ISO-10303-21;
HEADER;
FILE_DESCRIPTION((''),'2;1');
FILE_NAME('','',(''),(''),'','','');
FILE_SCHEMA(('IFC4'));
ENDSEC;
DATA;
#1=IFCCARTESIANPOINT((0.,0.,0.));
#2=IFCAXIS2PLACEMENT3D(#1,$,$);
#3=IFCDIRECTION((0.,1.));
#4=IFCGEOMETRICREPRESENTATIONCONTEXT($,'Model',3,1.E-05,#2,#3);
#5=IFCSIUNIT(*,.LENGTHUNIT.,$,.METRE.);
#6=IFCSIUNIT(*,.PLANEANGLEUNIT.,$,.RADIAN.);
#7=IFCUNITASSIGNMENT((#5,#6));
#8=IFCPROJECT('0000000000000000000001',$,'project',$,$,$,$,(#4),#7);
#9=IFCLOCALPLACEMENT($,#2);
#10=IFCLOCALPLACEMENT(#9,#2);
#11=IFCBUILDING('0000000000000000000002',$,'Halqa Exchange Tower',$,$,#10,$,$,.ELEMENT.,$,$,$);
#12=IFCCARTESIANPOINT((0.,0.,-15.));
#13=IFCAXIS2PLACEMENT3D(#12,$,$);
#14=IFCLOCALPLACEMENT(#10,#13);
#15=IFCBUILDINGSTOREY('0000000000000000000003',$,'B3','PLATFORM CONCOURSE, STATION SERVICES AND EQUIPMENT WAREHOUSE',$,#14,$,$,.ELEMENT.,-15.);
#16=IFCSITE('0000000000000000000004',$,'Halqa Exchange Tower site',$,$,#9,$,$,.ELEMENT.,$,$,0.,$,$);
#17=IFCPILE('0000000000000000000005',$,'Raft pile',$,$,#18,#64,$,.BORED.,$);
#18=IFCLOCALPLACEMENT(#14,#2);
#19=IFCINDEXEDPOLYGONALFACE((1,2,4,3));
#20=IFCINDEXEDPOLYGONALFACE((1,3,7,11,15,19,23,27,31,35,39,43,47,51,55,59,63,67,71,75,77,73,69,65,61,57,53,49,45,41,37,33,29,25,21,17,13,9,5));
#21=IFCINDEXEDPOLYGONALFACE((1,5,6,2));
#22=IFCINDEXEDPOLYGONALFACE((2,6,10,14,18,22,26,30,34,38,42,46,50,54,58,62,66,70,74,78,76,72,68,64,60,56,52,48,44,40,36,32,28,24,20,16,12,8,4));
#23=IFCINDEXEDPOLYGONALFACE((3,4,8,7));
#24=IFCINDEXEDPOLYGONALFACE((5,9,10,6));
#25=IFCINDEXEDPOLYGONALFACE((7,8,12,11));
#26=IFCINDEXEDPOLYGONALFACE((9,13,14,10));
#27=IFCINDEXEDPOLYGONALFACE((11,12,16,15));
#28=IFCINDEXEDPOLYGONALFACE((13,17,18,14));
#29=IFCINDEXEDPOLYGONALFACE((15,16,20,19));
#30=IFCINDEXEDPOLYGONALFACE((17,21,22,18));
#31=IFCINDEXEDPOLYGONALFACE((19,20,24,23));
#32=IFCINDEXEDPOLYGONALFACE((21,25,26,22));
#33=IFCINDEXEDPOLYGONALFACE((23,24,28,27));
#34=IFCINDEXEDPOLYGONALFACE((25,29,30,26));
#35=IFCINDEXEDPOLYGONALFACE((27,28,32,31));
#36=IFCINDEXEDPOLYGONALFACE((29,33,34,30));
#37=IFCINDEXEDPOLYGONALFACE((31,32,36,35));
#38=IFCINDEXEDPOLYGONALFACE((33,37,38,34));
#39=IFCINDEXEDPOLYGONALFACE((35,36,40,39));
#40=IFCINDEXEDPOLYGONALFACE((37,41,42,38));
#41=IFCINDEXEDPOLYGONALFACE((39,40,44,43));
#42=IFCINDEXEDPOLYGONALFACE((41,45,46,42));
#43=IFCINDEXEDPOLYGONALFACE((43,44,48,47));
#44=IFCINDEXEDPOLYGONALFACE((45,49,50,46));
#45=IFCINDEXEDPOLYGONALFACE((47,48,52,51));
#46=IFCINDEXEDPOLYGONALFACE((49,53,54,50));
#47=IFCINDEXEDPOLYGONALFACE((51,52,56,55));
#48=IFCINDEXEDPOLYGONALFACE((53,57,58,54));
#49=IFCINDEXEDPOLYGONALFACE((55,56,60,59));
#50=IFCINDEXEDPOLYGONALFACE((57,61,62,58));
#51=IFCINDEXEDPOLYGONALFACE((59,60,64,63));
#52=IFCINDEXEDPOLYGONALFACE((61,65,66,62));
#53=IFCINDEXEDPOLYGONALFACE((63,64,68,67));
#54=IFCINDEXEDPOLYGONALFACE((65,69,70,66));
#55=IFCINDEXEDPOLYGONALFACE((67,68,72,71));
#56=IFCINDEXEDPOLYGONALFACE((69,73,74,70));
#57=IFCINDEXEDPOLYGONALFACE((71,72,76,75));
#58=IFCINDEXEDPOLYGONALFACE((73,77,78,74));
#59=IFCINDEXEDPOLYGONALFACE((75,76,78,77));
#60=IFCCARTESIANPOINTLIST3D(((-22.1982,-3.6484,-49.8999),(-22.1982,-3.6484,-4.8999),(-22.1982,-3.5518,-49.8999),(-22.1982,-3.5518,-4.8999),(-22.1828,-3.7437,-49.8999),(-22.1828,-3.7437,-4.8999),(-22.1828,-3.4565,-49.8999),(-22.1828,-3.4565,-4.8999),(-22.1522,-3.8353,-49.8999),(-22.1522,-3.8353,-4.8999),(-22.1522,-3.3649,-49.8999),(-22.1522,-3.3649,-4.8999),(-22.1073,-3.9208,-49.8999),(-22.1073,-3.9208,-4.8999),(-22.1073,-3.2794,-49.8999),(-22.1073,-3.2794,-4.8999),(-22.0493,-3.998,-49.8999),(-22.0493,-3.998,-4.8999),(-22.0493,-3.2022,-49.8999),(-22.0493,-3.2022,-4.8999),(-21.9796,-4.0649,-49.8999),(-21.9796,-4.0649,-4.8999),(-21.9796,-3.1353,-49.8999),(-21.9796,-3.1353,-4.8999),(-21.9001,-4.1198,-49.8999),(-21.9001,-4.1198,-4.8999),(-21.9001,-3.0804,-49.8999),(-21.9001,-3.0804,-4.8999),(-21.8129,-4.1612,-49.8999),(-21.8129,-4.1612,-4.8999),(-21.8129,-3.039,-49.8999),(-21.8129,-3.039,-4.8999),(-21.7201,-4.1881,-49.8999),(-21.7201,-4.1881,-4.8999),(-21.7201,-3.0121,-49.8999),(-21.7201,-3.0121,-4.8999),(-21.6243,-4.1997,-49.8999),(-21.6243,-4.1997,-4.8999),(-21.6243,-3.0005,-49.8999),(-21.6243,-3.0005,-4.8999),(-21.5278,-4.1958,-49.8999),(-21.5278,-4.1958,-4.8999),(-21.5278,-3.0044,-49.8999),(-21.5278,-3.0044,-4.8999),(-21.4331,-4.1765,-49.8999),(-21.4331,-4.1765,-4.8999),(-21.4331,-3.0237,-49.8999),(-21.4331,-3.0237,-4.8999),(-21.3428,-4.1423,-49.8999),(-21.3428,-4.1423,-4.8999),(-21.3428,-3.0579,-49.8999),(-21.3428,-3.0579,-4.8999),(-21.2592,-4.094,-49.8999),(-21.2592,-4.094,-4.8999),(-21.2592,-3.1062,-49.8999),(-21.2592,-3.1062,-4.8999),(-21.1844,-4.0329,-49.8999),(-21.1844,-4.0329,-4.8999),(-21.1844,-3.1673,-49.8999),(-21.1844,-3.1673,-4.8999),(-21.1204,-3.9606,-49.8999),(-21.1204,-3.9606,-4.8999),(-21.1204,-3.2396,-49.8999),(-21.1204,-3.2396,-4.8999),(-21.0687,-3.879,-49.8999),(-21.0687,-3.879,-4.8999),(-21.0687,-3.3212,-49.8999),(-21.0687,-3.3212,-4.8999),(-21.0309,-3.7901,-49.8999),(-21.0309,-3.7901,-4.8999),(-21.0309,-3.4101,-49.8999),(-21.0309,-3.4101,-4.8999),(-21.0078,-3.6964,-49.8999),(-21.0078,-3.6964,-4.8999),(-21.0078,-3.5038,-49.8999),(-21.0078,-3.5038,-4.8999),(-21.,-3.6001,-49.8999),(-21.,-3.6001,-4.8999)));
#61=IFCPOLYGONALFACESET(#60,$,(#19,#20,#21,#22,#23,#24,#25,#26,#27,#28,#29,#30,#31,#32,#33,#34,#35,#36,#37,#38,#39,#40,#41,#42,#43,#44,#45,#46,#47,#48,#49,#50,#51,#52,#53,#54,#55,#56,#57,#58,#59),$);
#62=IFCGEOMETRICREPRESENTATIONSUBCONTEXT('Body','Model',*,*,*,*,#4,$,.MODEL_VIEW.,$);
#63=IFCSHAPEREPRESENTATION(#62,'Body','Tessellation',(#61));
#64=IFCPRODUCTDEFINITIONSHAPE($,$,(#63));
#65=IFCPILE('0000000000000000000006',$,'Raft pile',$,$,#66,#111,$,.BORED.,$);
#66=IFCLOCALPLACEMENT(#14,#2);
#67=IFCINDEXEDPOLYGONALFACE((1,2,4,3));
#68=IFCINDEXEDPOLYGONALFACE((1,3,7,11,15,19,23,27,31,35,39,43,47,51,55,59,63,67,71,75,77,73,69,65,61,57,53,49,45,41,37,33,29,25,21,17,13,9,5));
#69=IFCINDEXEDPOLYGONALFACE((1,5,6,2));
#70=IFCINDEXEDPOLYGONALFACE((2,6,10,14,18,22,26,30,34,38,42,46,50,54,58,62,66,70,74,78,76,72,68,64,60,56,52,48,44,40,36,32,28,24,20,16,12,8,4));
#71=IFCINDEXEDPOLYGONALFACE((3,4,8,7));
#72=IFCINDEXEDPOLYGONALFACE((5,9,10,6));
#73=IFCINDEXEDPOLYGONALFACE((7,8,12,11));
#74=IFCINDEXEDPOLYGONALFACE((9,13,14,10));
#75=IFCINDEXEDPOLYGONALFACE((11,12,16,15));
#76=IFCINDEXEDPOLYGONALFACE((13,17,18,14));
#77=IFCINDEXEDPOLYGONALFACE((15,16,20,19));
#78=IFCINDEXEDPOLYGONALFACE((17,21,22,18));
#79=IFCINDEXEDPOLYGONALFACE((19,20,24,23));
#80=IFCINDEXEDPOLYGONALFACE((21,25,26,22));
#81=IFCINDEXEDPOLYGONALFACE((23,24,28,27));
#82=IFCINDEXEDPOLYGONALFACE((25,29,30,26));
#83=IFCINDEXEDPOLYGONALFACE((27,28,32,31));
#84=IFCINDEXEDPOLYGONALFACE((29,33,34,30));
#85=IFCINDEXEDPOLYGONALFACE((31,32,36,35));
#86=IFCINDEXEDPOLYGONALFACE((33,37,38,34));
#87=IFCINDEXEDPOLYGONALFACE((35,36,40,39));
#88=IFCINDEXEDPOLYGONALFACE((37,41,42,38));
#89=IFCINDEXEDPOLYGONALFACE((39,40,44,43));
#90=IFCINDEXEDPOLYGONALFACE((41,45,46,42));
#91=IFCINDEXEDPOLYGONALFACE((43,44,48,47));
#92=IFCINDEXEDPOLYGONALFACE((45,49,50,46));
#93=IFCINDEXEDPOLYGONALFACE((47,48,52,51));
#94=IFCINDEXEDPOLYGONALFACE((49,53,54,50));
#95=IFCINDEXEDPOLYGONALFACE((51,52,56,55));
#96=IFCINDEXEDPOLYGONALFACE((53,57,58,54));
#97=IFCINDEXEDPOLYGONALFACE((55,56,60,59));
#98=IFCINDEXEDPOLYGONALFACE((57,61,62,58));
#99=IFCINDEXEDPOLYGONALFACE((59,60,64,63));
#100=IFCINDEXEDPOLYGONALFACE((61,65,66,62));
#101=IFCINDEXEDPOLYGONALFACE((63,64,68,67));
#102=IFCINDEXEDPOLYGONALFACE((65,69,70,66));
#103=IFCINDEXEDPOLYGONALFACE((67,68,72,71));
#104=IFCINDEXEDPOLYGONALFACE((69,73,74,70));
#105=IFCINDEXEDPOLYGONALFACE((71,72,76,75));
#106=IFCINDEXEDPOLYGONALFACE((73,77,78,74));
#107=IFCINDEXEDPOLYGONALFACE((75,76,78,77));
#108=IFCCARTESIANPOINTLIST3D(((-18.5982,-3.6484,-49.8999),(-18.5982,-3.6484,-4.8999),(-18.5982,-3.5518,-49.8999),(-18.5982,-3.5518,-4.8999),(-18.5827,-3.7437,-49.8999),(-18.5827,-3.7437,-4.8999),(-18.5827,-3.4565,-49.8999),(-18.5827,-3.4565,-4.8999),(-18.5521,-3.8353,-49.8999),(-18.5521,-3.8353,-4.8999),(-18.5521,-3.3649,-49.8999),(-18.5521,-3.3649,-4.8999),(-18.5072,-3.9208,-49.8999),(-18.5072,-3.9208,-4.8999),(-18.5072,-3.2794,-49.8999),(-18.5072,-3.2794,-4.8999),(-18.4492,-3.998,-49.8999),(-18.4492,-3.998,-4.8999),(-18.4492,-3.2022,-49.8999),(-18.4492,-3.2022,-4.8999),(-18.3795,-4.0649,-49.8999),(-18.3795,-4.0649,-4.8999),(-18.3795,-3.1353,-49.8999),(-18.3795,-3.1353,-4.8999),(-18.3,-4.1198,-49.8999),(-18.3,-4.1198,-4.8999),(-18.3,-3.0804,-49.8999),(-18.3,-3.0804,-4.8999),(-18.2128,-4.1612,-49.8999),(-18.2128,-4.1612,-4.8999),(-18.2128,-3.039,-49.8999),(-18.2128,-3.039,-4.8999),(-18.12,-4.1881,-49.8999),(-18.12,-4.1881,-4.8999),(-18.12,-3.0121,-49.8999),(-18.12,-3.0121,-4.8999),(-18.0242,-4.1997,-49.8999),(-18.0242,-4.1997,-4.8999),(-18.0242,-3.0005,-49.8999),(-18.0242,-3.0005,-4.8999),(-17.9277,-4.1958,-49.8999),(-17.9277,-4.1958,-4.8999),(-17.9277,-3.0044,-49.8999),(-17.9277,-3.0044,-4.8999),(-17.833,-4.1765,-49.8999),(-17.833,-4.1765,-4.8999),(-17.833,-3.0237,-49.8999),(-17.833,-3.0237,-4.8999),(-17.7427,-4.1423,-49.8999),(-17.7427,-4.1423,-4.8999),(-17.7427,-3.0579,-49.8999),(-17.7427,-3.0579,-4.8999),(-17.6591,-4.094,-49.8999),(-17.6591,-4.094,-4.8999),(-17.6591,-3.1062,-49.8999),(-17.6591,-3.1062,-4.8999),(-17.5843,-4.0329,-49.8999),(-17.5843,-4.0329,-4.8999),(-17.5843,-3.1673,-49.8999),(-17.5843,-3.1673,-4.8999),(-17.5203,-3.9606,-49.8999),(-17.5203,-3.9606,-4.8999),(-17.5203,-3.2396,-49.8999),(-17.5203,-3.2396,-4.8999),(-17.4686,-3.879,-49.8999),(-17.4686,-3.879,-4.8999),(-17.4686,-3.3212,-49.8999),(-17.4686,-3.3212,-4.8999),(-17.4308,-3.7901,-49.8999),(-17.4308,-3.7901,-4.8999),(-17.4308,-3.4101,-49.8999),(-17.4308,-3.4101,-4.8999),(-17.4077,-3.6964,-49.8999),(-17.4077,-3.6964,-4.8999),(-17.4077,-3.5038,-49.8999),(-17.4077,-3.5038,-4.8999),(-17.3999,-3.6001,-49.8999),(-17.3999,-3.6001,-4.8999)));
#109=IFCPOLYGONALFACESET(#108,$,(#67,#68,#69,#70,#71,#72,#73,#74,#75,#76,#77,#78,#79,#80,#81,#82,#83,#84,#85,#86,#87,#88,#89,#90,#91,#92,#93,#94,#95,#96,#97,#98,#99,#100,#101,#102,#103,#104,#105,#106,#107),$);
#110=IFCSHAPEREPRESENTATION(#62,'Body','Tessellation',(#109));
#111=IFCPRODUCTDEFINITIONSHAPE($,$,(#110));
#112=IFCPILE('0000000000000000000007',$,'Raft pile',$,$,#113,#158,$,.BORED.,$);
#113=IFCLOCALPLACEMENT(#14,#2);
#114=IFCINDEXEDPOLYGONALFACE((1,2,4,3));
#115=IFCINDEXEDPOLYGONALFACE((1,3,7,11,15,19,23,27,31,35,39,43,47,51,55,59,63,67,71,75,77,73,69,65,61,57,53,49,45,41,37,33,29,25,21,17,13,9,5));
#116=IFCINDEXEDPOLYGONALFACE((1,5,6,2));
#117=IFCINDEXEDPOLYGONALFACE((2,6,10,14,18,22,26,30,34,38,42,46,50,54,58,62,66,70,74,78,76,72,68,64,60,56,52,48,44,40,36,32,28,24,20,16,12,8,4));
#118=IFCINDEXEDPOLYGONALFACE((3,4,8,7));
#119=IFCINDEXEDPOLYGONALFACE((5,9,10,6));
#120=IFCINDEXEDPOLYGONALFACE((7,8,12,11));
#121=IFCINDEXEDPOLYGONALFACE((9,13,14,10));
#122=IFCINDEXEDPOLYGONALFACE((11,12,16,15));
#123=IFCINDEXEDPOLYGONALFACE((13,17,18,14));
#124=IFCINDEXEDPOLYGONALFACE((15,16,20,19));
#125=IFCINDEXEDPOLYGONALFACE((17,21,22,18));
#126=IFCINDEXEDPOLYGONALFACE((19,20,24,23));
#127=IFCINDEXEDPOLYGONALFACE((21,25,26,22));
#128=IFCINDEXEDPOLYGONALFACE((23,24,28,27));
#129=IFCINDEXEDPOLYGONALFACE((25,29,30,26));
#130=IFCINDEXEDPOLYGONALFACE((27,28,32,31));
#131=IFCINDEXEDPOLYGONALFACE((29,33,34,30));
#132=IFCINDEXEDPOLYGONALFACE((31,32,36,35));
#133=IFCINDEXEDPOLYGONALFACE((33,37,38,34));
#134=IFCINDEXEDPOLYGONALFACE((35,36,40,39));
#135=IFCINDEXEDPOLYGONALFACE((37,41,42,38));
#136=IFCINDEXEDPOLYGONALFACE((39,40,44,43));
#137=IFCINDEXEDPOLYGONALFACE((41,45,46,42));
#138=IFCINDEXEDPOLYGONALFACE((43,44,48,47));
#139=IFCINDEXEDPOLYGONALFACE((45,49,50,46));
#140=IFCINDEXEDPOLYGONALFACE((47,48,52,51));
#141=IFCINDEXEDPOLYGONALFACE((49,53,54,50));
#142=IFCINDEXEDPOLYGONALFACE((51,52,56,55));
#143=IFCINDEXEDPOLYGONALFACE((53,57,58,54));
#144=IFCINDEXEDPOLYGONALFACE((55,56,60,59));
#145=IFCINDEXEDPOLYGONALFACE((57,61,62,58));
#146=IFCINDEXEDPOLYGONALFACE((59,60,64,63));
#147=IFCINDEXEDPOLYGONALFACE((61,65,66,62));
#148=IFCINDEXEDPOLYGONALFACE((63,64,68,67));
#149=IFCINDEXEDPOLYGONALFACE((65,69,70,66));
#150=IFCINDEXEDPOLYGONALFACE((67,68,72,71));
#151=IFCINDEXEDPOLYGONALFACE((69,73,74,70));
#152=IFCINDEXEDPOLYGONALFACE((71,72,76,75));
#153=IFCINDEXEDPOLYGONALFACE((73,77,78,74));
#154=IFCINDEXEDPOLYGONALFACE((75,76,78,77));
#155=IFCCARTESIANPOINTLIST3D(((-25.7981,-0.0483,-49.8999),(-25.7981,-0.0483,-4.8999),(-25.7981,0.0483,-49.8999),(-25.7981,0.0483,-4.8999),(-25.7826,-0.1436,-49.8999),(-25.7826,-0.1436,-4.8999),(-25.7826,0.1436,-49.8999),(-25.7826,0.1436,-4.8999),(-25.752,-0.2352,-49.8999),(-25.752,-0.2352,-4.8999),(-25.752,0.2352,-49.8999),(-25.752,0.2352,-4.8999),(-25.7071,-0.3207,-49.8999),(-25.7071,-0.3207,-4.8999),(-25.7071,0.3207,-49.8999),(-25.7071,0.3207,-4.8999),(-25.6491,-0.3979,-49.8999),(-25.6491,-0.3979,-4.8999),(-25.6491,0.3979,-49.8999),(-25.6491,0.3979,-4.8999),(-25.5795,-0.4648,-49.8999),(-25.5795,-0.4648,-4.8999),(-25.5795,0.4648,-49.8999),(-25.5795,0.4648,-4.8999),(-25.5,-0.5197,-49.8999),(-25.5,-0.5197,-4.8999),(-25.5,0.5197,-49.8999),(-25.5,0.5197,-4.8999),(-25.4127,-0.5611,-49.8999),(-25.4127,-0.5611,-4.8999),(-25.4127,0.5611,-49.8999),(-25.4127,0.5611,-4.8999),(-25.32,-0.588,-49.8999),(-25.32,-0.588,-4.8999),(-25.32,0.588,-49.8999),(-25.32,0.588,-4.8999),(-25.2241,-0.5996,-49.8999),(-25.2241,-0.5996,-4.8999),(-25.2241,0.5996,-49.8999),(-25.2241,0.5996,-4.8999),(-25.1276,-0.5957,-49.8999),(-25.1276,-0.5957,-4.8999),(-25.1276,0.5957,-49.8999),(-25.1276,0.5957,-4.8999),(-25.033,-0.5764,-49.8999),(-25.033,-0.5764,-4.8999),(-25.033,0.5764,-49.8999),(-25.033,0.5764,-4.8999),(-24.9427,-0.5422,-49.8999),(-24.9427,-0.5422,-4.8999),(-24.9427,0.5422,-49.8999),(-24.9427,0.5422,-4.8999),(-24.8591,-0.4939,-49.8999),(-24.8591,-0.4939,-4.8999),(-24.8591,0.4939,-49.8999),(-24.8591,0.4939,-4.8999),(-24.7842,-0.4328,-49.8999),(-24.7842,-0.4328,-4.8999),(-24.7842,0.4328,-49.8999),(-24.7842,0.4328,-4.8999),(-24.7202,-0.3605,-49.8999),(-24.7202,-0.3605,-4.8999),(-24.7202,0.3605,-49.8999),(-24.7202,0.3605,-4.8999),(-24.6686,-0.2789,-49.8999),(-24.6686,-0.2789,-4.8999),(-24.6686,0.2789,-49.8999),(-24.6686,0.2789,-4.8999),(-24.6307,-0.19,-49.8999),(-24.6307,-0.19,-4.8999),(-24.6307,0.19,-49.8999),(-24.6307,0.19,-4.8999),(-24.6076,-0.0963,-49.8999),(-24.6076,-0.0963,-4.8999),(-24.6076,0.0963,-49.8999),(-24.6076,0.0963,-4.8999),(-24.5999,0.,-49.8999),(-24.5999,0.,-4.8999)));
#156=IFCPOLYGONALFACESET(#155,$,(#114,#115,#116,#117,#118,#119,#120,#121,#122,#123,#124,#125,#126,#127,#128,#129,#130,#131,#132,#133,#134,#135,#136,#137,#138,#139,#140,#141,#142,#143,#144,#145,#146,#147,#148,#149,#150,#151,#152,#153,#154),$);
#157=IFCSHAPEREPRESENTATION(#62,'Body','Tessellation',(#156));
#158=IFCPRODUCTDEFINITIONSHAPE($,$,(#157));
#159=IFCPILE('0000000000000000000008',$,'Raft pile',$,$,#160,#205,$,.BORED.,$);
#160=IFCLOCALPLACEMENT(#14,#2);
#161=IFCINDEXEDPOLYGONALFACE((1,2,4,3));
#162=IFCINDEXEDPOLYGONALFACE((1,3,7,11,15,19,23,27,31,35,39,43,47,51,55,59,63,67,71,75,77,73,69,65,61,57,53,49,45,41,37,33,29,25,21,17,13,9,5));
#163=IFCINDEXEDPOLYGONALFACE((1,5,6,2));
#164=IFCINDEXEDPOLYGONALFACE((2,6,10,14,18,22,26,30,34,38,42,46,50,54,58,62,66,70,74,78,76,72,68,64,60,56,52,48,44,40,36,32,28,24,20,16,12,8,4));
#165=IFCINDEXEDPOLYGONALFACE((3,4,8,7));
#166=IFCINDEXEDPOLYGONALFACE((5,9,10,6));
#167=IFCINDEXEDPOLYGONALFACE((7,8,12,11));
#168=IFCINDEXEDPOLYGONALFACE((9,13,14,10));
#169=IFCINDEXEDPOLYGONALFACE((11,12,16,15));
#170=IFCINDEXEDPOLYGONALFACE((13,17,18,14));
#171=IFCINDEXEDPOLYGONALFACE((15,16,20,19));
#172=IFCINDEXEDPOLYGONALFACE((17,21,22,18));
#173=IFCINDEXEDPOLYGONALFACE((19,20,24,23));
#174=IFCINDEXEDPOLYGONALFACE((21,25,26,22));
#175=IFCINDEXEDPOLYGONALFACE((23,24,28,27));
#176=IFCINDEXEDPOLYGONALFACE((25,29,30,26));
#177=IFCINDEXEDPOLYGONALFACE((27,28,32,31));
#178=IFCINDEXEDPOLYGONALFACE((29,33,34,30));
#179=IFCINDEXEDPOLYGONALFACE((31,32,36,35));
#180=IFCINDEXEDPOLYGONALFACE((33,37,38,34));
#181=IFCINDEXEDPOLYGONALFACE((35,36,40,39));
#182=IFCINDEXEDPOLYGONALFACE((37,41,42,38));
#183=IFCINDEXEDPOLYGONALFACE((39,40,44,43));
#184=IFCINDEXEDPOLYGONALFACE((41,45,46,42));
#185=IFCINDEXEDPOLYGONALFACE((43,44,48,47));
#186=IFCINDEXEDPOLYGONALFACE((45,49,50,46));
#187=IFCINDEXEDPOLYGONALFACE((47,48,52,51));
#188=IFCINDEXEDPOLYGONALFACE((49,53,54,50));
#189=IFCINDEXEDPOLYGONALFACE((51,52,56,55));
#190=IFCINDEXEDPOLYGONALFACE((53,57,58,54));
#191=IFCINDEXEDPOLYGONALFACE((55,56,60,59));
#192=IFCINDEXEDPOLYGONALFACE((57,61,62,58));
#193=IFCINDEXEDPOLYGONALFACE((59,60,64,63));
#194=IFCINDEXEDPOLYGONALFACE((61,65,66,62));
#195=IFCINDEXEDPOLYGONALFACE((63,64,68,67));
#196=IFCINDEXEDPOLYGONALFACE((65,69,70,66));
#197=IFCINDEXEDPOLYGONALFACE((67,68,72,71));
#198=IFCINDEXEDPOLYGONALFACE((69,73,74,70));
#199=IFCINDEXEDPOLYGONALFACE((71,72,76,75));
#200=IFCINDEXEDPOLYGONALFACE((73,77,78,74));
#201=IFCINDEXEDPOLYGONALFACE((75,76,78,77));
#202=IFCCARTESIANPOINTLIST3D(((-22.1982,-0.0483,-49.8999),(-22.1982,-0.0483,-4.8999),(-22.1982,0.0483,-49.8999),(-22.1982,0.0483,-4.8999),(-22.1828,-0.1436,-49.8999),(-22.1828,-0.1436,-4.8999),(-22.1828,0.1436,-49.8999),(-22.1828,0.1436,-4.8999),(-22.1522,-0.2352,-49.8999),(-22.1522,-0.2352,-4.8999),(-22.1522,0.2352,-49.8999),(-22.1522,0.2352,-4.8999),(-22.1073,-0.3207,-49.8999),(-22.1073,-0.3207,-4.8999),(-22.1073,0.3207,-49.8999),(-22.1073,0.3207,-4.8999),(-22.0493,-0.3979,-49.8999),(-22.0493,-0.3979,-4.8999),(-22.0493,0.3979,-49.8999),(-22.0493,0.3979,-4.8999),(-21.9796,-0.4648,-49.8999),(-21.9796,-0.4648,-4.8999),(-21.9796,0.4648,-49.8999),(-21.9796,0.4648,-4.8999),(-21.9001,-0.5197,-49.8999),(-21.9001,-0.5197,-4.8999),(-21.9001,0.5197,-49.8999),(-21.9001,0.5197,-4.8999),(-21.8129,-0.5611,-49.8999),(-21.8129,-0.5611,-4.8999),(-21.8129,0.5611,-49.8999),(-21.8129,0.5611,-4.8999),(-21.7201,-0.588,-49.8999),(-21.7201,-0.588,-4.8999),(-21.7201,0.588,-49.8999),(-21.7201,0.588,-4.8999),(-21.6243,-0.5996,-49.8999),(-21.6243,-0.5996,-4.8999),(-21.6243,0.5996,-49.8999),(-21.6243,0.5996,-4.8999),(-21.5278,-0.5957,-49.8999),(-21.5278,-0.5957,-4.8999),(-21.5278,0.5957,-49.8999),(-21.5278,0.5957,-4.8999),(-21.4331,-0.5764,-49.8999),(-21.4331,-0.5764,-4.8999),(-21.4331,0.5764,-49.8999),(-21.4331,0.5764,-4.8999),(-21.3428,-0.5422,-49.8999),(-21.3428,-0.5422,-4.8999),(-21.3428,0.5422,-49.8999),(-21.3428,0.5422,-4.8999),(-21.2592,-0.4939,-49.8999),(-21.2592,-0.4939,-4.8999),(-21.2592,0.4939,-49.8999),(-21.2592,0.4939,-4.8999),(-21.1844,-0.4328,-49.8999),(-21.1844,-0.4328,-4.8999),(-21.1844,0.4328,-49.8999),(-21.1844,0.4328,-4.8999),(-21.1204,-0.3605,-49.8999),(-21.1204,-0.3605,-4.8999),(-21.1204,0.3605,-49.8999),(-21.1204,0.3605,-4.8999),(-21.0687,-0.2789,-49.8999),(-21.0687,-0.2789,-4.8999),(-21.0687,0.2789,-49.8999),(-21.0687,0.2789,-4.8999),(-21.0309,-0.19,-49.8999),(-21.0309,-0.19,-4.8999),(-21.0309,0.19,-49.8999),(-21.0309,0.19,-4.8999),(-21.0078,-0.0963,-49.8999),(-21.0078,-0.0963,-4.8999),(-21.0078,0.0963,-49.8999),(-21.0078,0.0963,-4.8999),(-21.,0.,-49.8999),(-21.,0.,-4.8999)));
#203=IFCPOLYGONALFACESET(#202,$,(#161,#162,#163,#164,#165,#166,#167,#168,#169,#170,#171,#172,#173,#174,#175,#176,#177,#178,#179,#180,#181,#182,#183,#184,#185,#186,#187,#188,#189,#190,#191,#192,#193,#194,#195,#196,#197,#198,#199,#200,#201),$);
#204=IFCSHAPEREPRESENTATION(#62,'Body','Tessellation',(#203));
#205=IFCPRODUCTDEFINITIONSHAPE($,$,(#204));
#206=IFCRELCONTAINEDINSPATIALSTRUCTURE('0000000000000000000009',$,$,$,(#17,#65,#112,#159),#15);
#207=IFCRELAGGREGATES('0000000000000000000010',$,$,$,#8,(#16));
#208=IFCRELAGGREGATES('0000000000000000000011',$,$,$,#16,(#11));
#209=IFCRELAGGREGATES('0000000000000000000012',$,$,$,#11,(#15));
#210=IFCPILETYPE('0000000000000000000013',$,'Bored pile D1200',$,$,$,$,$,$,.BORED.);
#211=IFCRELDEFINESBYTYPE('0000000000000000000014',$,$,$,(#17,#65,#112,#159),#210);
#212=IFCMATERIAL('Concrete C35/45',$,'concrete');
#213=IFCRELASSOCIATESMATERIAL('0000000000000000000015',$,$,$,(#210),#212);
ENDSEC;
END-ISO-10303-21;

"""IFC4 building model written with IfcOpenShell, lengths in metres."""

from ifc_helpers import new_model, si_unit, direction, frame, origin, origin_2d, place, context, subcontext, project, spatial, circle, extrude, material, material_profile, profile_set, type_object, element, save


model = new_model("IFC4")

# Units and contexts
model_context = context("Model", 3, precision=1e-05, world=origin(), true_north=direction((0.0, 1.0)))
body_context = subcontext(model_context, "Body", "Model", "MODEL_VIEW")
ifc_project = project(units=[si_unit("LENGTHUNIT", "METRE"), si_unit("PLANEANGLEUNIT", "RADIAN")], contexts=[model_context])

# Site, building, storey
site_placement = place(None, origin())
site = spatial("IfcSite", under=ifc_project, at=site_placement, Name="Halqa Exchange Tower site", CompositionType="ELEMENT", RefElevation=0.0)
building_placement = place(site_placement, origin())
building = spatial("IfcBuilding", under=site, at=building_placement, Name="Halqa Exchange Tower", CompositionType="ELEMENT")
storey_placement = place(building_placement, frame((0.0, 0.0, -15.0)))
storey = spatial("IfcBuildingStorey", under=building, at=storey_placement, Name="B3", Description="PLATFORM CONCOURSE, STATION SERVICES AND EQUIPMENT WAREHOUSE", CompositionType="ELEMENT", Elevation=-15.0)

# Piles
ifc_material_1 = material(Name="Concrete C35/45", Category="concrete")
ifc_material_profile_1 = material_profile(ifc_material_1, circle(Radius=0.6001, at=origin_2d()), Name="D1200")
ifc_profile_set_1 = profile_set([ifc_material_profile_1], Name="Concrete C35/45")
pile_type_1 = type_object("IfcPileType", Name="Bored pile D1200", PredefinedType="BORED", material=ifc_profile_set_1)
for number, where, z_axis, x_axis, name in (
    (1, (-21.6001, -3.6001, -4.8999), (0.0, 0.0, -1.0), (1.0, 0.0, 0.0), "Raft pile"),
    (2, (-18.0, -3.6001, -4.8999), (0.0, 0.0, -1.0), (1.0, 0.0, 0.0), "Raft pile"),
    (3, (-25.2, 0.0, -4.8999), (0.0, 0.0, -1.0), (1.0, 0.0, 0.0), "Raft pile"),
    (4, (-21.6001, 0.0, -4.8999), (0.0, 0.0, -1.0), (1.0, 0.0, 0.0), "Raft pile"),
):
    element("IfcPile", number, at=place(storey_placement, frame(where, z_axis=z_axis, x_axis=x_axis)), inside=storey, type_object=pile_type_1, Name=name, PredefinedType="BORED", context=body_context, shape_type="SweptSolid", body=[
        extrude(circle(Radius=0.6001, at=origin_2d()), origin(), (0.0, 0.0, 1.0), 45.0),
    ])

save(model, "model.ifc")
